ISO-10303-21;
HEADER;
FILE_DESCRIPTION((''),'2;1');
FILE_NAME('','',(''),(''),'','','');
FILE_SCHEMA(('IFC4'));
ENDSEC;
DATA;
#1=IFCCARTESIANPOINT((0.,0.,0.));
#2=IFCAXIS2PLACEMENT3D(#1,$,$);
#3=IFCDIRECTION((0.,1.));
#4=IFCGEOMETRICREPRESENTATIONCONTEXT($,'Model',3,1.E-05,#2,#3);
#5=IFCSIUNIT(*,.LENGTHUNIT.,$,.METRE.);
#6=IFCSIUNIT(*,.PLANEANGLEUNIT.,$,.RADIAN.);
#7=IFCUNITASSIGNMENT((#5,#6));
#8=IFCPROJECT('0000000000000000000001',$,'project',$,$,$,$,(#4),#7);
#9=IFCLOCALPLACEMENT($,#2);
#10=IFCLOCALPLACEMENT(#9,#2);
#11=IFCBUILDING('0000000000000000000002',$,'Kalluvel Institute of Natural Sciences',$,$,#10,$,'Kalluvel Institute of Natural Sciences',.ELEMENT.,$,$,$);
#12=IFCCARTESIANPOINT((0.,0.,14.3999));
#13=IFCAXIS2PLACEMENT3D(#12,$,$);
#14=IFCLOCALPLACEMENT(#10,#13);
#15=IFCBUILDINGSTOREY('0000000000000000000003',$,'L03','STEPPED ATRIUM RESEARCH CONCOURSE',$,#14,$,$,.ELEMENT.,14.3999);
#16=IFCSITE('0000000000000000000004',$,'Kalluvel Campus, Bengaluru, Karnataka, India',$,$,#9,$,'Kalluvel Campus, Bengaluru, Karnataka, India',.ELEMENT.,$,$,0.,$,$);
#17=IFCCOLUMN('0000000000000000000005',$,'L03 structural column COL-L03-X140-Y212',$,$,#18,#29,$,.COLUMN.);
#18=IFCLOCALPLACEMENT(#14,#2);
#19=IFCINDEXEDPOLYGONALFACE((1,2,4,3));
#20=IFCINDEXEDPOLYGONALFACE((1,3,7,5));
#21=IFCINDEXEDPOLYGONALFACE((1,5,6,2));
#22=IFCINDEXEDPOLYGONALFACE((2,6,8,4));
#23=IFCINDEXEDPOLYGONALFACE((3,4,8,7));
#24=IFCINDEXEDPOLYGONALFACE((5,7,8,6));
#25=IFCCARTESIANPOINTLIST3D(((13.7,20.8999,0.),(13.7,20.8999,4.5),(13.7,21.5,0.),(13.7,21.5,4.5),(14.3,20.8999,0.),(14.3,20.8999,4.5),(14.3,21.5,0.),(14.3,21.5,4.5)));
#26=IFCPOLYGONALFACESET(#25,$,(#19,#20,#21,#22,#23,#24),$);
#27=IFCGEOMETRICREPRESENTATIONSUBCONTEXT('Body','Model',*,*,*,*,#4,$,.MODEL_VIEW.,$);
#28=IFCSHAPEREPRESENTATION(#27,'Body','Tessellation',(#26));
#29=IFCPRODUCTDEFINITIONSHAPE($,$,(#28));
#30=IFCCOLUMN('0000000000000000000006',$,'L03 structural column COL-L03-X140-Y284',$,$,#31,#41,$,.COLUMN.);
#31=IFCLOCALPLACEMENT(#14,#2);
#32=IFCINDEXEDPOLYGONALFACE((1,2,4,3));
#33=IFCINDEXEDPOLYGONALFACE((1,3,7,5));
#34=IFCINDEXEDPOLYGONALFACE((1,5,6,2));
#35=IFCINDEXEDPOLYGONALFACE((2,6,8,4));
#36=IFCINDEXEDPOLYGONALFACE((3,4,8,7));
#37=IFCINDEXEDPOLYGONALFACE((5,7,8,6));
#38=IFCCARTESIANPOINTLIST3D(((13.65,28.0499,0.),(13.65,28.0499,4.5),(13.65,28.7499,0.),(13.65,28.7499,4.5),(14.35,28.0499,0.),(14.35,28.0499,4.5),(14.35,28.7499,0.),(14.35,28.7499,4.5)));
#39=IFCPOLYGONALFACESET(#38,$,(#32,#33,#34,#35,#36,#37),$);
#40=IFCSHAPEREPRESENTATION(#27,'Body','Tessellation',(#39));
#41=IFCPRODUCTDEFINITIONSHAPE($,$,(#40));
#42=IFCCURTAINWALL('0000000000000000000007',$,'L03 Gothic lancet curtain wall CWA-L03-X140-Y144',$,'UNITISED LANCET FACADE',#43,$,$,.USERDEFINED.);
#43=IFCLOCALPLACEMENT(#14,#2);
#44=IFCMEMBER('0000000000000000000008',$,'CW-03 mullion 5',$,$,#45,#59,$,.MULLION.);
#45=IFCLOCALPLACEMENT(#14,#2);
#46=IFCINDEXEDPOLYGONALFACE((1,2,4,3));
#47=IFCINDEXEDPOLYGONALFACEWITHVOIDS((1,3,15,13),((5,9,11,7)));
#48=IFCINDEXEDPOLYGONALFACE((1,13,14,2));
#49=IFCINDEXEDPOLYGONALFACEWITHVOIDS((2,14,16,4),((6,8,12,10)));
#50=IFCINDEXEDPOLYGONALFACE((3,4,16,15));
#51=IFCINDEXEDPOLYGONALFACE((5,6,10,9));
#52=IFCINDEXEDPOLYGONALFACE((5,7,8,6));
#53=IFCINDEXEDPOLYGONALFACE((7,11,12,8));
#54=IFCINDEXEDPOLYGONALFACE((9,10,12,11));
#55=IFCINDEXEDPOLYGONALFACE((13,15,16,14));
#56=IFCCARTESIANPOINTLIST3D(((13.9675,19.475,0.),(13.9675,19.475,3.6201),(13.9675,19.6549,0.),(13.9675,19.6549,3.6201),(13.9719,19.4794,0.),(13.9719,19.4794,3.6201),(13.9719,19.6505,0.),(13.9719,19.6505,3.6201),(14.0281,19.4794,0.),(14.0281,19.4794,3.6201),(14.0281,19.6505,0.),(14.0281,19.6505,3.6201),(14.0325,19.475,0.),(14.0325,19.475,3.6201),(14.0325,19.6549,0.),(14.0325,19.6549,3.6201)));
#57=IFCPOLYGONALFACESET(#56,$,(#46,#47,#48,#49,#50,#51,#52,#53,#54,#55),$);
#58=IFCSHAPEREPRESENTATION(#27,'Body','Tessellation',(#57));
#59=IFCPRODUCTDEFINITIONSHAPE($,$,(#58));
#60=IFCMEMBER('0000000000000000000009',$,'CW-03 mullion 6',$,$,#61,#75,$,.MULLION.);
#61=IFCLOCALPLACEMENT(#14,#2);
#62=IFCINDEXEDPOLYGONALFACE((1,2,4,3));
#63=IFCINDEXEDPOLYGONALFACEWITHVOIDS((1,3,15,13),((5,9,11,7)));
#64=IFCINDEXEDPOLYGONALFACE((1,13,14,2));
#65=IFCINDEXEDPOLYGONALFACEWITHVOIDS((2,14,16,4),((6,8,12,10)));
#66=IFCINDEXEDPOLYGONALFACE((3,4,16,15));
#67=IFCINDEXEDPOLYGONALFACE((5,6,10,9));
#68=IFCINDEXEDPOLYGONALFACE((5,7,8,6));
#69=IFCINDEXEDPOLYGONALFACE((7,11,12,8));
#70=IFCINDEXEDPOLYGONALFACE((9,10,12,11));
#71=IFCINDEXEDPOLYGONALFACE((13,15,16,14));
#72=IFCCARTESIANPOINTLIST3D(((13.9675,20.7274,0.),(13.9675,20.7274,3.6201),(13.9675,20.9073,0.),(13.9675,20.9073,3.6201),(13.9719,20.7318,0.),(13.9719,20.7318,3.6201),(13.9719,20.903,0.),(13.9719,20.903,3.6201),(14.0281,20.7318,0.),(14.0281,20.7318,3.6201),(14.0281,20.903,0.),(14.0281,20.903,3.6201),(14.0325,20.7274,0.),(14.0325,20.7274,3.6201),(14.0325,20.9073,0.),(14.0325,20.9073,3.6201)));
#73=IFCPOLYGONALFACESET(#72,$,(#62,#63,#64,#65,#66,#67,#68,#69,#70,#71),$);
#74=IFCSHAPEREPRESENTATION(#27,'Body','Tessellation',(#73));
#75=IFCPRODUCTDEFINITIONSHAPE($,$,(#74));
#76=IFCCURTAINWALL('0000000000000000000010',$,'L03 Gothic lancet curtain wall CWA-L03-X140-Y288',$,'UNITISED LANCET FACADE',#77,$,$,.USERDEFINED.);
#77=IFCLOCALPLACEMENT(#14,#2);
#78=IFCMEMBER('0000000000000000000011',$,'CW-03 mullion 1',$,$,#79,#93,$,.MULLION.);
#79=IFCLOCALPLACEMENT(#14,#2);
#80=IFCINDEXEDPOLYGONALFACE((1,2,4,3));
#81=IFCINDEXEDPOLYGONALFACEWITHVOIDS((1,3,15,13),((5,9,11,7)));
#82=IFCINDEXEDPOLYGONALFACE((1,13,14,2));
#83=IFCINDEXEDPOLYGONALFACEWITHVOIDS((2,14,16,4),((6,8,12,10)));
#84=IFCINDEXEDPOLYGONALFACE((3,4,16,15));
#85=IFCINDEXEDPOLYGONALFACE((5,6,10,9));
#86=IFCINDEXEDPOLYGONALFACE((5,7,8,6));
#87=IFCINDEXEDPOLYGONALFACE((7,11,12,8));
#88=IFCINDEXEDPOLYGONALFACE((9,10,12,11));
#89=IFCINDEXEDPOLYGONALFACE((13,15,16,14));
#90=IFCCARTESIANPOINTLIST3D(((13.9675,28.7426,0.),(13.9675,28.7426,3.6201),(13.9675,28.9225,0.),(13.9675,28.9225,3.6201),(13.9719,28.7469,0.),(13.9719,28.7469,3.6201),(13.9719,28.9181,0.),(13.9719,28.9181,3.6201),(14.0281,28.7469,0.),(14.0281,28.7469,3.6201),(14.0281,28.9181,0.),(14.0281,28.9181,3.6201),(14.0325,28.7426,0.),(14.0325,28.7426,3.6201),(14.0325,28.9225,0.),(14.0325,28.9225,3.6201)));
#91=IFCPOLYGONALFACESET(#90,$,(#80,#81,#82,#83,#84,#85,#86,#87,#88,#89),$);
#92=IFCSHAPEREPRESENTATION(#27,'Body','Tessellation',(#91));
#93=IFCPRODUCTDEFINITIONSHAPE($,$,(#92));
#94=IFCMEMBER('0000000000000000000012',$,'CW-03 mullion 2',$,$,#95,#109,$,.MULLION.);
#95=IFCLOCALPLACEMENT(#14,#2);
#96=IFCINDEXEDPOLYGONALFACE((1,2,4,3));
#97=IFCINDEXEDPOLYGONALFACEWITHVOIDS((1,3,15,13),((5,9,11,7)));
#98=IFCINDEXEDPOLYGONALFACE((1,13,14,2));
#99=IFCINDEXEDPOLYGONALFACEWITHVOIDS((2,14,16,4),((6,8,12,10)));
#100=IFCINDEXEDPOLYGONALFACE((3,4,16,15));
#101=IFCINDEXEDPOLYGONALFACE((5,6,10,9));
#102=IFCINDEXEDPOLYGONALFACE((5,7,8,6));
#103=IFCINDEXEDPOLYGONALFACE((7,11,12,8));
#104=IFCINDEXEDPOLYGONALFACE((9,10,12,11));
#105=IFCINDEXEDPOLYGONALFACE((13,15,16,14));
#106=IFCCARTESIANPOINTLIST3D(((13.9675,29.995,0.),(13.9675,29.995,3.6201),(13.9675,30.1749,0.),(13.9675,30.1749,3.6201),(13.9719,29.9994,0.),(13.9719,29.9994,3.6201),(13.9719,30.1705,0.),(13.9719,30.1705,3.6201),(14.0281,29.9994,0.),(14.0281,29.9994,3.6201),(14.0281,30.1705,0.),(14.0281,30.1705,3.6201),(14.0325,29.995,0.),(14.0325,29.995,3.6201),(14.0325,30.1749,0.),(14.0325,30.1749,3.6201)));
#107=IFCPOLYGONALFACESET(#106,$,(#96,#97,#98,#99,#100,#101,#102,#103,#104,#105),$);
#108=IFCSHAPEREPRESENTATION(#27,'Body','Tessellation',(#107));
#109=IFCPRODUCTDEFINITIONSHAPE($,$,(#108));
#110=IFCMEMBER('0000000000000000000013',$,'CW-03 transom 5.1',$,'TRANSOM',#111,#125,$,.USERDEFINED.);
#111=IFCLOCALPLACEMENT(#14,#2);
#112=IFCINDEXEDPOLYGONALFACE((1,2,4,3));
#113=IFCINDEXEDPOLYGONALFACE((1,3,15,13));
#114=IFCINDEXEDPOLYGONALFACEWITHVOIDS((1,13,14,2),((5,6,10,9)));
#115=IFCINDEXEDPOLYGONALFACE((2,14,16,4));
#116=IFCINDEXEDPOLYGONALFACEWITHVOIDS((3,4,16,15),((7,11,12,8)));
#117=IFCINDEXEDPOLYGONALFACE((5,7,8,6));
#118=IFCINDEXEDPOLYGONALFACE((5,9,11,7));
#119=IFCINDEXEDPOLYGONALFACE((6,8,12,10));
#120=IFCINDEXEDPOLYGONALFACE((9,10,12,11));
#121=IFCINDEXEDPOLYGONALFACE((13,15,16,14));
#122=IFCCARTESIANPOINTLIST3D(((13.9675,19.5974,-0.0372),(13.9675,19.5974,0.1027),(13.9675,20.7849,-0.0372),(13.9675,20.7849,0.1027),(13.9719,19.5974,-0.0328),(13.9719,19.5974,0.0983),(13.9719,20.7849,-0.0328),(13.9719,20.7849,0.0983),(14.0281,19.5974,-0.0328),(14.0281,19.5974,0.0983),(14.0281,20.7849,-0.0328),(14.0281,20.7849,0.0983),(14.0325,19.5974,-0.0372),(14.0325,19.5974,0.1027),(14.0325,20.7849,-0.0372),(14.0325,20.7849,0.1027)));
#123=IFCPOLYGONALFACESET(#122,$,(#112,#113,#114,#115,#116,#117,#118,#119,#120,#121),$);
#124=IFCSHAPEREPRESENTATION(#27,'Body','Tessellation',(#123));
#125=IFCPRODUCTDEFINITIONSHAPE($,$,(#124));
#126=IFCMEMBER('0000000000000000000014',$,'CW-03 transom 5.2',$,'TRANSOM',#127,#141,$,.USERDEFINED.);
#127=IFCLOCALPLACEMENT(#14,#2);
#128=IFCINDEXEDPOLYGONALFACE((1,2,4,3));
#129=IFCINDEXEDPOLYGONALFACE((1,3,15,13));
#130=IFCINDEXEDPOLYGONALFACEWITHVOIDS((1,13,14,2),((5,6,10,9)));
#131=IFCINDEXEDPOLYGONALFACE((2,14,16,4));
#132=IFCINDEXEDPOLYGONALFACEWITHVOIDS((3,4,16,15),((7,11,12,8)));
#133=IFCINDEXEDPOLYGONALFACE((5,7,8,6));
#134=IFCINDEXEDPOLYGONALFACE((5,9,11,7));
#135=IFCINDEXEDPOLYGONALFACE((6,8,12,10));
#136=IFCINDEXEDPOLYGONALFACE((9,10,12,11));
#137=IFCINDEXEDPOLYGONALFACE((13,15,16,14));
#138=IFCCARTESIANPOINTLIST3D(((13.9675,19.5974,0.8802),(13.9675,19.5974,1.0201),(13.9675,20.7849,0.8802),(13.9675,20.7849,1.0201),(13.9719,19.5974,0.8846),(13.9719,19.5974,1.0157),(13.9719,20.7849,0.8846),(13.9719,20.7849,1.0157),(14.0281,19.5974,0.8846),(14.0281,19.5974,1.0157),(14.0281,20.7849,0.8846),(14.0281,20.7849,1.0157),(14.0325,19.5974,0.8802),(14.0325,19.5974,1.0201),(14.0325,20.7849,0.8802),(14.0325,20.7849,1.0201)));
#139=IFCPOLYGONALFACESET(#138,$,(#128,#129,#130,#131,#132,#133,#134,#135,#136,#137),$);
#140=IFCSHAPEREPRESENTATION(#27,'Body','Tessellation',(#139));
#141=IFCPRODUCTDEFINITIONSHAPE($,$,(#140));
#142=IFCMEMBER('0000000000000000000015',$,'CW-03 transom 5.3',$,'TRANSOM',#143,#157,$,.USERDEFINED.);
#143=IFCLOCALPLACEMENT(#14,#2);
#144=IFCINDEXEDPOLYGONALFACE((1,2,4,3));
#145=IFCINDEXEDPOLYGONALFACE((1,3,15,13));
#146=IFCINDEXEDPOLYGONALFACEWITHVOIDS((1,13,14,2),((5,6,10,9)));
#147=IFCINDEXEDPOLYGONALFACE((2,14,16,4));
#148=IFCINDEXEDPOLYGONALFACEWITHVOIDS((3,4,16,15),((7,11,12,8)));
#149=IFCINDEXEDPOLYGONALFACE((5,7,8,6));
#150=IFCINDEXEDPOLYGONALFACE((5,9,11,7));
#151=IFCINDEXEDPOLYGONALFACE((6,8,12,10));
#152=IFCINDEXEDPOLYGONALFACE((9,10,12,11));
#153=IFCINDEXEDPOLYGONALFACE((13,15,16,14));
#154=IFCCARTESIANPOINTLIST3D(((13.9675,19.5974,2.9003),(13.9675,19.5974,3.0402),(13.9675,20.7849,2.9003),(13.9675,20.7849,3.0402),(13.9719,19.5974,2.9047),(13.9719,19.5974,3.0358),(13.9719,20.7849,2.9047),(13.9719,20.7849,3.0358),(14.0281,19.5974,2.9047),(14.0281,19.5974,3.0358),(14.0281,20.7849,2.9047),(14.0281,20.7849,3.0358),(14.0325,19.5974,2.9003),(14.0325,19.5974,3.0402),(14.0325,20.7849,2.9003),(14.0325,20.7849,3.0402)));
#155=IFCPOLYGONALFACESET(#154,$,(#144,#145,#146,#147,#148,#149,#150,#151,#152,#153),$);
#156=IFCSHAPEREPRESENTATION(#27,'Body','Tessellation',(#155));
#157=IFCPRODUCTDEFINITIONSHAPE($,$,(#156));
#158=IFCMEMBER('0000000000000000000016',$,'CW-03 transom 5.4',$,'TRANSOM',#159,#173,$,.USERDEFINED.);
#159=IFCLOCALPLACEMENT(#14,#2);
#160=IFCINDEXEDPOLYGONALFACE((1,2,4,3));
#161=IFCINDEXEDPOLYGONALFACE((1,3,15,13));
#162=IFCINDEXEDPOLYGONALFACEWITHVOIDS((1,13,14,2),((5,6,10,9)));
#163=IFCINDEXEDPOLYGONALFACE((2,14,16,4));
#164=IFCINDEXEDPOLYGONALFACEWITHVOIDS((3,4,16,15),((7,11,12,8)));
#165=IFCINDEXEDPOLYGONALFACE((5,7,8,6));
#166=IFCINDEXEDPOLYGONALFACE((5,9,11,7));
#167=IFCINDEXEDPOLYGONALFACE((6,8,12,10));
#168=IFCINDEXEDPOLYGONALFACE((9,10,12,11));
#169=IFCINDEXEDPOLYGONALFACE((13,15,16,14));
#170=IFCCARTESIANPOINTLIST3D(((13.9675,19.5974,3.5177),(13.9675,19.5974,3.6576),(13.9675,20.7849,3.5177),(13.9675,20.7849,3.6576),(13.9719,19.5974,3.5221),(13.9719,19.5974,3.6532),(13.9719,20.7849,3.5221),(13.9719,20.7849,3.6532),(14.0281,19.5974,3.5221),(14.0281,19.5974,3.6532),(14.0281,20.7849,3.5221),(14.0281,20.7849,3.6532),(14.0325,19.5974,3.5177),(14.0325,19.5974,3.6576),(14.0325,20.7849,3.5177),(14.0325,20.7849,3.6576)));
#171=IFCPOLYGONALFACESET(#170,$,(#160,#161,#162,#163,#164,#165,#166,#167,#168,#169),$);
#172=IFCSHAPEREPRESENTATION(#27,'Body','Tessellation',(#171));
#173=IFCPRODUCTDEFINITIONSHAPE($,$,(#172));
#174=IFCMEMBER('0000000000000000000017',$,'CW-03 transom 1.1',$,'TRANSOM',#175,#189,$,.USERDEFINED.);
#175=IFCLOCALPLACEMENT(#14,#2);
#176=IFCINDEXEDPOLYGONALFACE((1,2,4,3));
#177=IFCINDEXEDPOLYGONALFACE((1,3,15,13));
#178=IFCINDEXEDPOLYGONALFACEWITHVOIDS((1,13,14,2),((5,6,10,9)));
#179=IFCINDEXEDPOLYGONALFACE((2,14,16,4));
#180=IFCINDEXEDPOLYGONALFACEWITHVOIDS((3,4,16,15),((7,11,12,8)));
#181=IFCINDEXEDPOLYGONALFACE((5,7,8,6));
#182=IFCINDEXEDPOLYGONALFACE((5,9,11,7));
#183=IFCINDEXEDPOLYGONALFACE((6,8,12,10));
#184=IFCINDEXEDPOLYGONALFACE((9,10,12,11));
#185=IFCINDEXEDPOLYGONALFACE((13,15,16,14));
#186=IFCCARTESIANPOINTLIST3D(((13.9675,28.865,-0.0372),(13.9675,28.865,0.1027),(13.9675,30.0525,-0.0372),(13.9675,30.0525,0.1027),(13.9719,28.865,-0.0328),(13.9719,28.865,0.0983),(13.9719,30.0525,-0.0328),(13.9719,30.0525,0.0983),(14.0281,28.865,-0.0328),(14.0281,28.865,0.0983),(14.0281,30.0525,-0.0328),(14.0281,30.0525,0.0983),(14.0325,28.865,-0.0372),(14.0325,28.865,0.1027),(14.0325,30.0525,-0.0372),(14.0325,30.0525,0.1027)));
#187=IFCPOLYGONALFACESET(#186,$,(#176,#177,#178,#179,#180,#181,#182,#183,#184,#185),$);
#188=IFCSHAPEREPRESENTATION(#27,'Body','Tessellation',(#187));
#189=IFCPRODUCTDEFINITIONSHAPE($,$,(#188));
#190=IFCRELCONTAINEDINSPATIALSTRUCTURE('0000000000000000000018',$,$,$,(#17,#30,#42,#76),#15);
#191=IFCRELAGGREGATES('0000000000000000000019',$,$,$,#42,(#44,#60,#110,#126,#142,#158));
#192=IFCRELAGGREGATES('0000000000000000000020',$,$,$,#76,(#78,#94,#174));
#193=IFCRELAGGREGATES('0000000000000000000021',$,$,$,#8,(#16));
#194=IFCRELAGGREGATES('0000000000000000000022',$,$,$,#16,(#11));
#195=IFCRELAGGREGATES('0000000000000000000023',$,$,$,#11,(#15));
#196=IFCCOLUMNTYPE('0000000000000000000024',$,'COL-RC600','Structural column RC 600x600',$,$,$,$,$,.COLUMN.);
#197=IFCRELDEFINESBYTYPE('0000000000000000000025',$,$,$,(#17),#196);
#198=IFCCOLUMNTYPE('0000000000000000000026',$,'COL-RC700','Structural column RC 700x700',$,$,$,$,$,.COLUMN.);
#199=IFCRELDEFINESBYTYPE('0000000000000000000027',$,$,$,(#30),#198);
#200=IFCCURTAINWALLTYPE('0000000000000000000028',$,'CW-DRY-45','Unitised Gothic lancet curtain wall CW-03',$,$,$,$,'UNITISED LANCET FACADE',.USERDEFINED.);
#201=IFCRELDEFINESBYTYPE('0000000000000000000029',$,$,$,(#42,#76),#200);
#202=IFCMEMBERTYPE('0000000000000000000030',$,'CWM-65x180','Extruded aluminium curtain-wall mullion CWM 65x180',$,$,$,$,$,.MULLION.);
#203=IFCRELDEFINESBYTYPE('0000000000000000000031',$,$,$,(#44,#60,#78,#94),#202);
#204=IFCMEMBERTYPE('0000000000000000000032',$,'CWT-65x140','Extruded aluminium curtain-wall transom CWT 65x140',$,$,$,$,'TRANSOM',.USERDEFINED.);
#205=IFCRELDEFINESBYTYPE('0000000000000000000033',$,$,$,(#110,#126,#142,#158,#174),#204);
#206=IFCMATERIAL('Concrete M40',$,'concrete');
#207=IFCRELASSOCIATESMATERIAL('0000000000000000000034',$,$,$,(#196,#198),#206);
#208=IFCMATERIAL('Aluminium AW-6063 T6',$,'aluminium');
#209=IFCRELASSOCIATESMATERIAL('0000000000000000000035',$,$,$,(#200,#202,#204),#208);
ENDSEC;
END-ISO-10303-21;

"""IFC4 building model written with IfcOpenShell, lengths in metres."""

from ifc_helpers import new_model, si_unit, direction, frame, origin, origin_2d, place, context, subcontext, project, spatial, rectangle, hollow_rectangle, extrude, material, material_profile, profile_set, type_object, element, aggregate, save


model = new_model("IFC4")

# Units and contexts
model_context = context("Model", 3, precision=1e-05, world=origin(), true_north=direction((0.0, 1.0)))
body_context = subcontext(model_context, "Body", "Model", "MODEL_VIEW")
ifc_project = project(units=[si_unit("LENGTHUNIT", "METRE"), si_unit("PLANEANGLEUNIT", "RADIAN")], contexts=[model_context])

# Site, building, storey
site_placement = place(None, origin())
site = spatial("IfcSite", under=ifc_project, at=site_placement, Name="Kalluvel Campus, Bengaluru, Karnataka, India", LongName="Kalluvel Campus, Bengaluru, Karnataka, India", CompositionType="ELEMENT", RefElevation=0.0)
building_placement = place(site_placement, origin())
building = spatial("IfcBuilding", under=site, at=building_placement, Name="Kalluvel Institute of Natural Sciences", LongName="Kalluvel Institute of Natural Sciences", CompositionType="ELEMENT")
storey_placement = place(building_placement, frame((0.0, 0.0, 14.3999)))
storey = spatial("IfcBuildingStorey", under=building, at=storey_placement, Name="L03", Description="STEPPED ATRIUM RESEARCH CONCOURSE", CompositionType="ELEMENT", Elevation=14.3999)

# Columns
ifc_material_1 = material(Name="Concrete M40", Category="concrete")
ifc_material_profile_1 = material_profile(ifc_material_1, rectangle(XDim=0.6001, YDim=0.6001, at=origin_2d()), Name="RC 600x600")
ifc_profile_set_1 = profile_set([ifc_material_profile_1], Name="Concrete M40")
column_type_1 = type_object("IfcColumnType", Name="COL-RC600", Description="Structural column RC 600x600", PredefinedType="COLUMN", material=ifc_profile_set_1)
column_1_placement = place(storey_placement, frame((14.0, 21.2, 0.0), z_axis=(0.0, 0.0, 1.0), x_axis=(1.0, 0.0, 0.0)))
element("IfcColumn", 1, at=column_1_placement, inside=storey, type_object=column_type_1, Name="L03 structural column COL-L03-X140-Y212", PredefinedType="COLUMN", context=body_context, shape_type="SweptSolid", body=[
    extrude(rectangle(XDim=0.6001, YDim=0.6001, at=origin_2d()), origin(), (0.0, 0.0, 1.0), 4.5),
])
ifc_material_profile_2 = material_profile(ifc_material_1, rectangle(XDim=0.7, YDim=0.7, at=origin_2d()), Name="RC 700x700")
ifc_profile_set_2 = profile_set([ifc_material_profile_2], Name="Concrete M40")
column_type_2 = type_object("IfcColumnType", Name="COL-RC700", Description="Structural column RC 700x700", PredefinedType="COLUMN", material=ifc_profile_set_2)
column_2_placement = place(storey_placement, frame((14.0, 28.3999, 0.0), z_axis=(0.0, 0.0, 1.0), x_axis=(1.0, 0.0, 0.0)))
element("IfcColumn", 2, at=column_2_placement, inside=storey, type_object=column_type_2, Name="L03 structural column COL-L03-X140-Y284", PredefinedType="COLUMN", context=body_context, shape_type="SweptSolid", body=[
    extrude(rectangle(XDim=0.7, YDim=0.7, at=origin_2d()), origin(), (0.0, 0.0, 1.0), 4.5),
])

# Curtain walls, members
ifc_material_2 = material(Name="Aluminium AW-6063 T6", Category="aluminium")
curtain_wall_type = type_object("IfcCurtainWallType", Name="CW-DRY-45", Description="Unitised Gothic lancet curtain wall CW-03", ElementType="UNITISED LANCET FACADE", PredefinedType="USERDEFINED", material=ifc_material_2)
curtain_wall_1_placement = place(storey_placement, origin())
curtain_wall_1 = element("IfcCurtainWall", 3, at=curtain_wall_1_placement, inside=storey, type_object=curtain_wall_type, Name="L03 Gothic lancet curtain wall CWA-L03-X140-Y144", ObjectType="UNITISED LANCET FACADE", PredefinedType="USERDEFINED")
ifc_material_profile_3 = material_profile(ifc_material_2, hollow_rectangle(XDim=0.0649, YDim=0.1799, WallThickness=0.0044, at=origin_2d()), Name="CWM 65x180")
ifc_profile_set_3 = profile_set([ifc_material_profile_3], Name="Aluminium AW-6063 T6")
member_type_1 = type_object("IfcMemberType", Name="CWM-65x180", Description="Extruded aluminium curtain-wall mullion CWM 65x180", PredefinedType="MULLION", material=ifc_profile_set_3)
member_1_placement = place(storey_placement, frame((14.0, 19.5649, 0.0), z_axis=(0.0, 0.0, 1.0), x_axis=(-1.0, 0.0, 0.0)))
member_1 = element("IfcMember", 4, at=member_1_placement, type_object=member_type_1, Name="CW-03 mullion 5", PredefinedType="MULLION", context=body_context, shape_type="SweptSolid", body=[
    extrude(hollow_rectangle(XDim=0.0649, YDim=0.1799, WallThickness=0.0044, at=origin_2d()), origin(), (0.0, 0.0, 1.0), 3.6201),
])
member_2_placement = place(storey_placement, frame((14.0, 20.8174, 0.0), z_axis=(0.0, 0.0, 1.0), x_axis=(-1.0, 0.0, 0.0)))
member_2 = element("IfcMember", 5, at=member_2_placement, type_object=member_type_1, Name="CW-03 mullion 6", PredefinedType="MULLION", context=body_context, shape_type="SweptSolid", body=[
    extrude(hollow_rectangle(XDim=0.0649, YDim=0.1799, WallThickness=0.0044, at=origin_2d()), origin(), (0.0, 0.0, 1.0), 3.6201),
])
curtain_wall_2_placement = place(storey_placement, origin())
curtain_wall_2 = element("IfcCurtainWall", 6, at=curtain_wall_2_placement, inside=storey, type_object=curtain_wall_type, Name="L03 Gothic lancet curtain wall CWA-L03-X140-Y288", ObjectType="UNITISED LANCET FACADE", PredefinedType="USERDEFINED")
member_3_placement = place(storey_placement, frame((14.0, 28.8325, 0.0), z_axis=(0.0, 0.0, 1.0), x_axis=(-1.0, 0.0, 0.0)))
member_3 = element("IfcMember", 7, at=member_3_placement, type_object=member_type_1, Name="CW-03 mullion 1", PredefinedType="MULLION", context=body_context, shape_type="SweptSolid", body=[
    extrude(hollow_rectangle(XDim=0.0649, YDim=0.1799, WallThickness=0.0044, at=origin_2d()), origin(), (0.0, 0.0, 1.0), 3.6201),
])
member_4_placement = place(storey_placement, frame((14.0, 30.085, 0.0), z_axis=(0.0, 0.0, 1.0), x_axis=(-1.0, 0.0, 0.0)))
member_4 = element("IfcMember", 8, at=member_4_placement, type_object=member_type_1, Name="CW-03 mullion 2", PredefinedType="MULLION", context=body_context, shape_type="SweptSolid", body=[
    extrude(hollow_rectangle(XDim=0.0649, YDim=0.1799, WallThickness=0.0044, at=origin_2d()), origin(), (0.0, 0.0, 1.0), 3.6201),
])

# Members
ifc_material_profile_4 = material_profile(ifc_material_2, hollow_rectangle(XDim=0.0649, YDim=0.1399, WallThickness=0.0044, at=origin_2d()), Name="CWT 65x140")
ifc_profile_set_4 = profile_set([ifc_material_profile_4], Name="Aluminium AW-6063 T6")
member_type_2 = type_object("IfcMemberType", Name="CWT-65x140", Description="Extruded aluminium curtain-wall transom CWT 65x140", ElementType="TRANSOM", PredefinedType="USERDEFINED", material=ifc_profile_set_4)
member_5_placement = place(storey_placement, frame((14.0, 19.5974, 0.0327), z_axis=(0.0, 1.0, 0.0), x_axis=(-1.0, 0.0, 0.0)))
member_5 = element("IfcMember", 9, at=member_5_placement, type_object=member_type_2, Name="CW-03 transom 5.1", ObjectType="TRANSOM", PredefinedType="USERDEFINED", context=body_context, shape_type="SweptSolid", body=[
    extrude(hollow_rectangle(XDim=0.0649, YDim=0.1399, WallThickness=0.0044, at=origin_2d()), origin(), (0.0, 0.0, 1.0), 1.1875),
])
member_6_placement = place(storey_placement, frame((14.0, 19.5974, 0.9502), z_axis=(0.0, 1.0, 0.0), x_axis=(-1.0, 0.0, 0.0)))
member_6 = element("IfcMember", 10, at=member_6_placement, type_object=member_type_2, Name="CW-03 transom 5.2", ObjectType="TRANSOM", PredefinedType="USERDEFINED", context=body_context, shape_type="SweptSolid", body=[
    extrude(hollow_rectangle(XDim=0.0649, YDim=0.1399, WallThickness=0.0044, at=origin_2d()), origin(), (0.0, 0.0, 1.0), 1.1875),
])
member_7_placement = place(storey_placement, frame((14.0, 19.5974, 2.9702), z_axis=(0.0, 1.0, 0.0), x_axis=(-1.0, 0.0, 0.0)))
member_7 = element("IfcMember", 11, at=member_7_placement, type_object=member_type_2, Name="CW-03 transom 5.3", ObjectType="TRANSOM", PredefinedType="USERDEFINED", context=body_context, shape_type="SweptSolid", body=[
    extrude(hollow_rectangle(XDim=0.0649, YDim=0.1399, WallThickness=0.0044, at=origin_2d()), origin(), (0.0, 0.0, 1.0), 1.1875),
])
member_8_placement = place(storey_placement, frame((14.0, 19.5974, 3.5876), z_axis=(0.0, 1.0, 0.0), x_axis=(-1.0, 0.0, 0.0)))
member_8 = element("IfcMember", 12, at=member_8_placement, type_object=member_type_2, Name="CW-03 transom 5.4", ObjectType="TRANSOM", PredefinedType="USERDEFINED", context=body_context, shape_type="SweptSolid", body=[
    extrude(hollow_rectangle(XDim=0.0649, YDim=0.1399, WallThickness=0.0044, at=origin_2d()), origin(), (0.0, 0.0, 1.0), 1.1875),
])
member_9_placement = place(storey_placement, frame((14.0, 28.865, 0.0327), z_axis=(0.0, 1.0, 0.0), x_axis=(-1.0, 0.0, 0.0)))
member_9 = element("IfcMember", 13, at=member_9_placement, type_object=member_type_2, Name="CW-03 transom 1.1", ObjectType="TRANSOM", PredefinedType="USERDEFINED", context=body_context, shape_type="SweptSolid", body=[
    extrude(hollow_rectangle(XDim=0.0649, YDim=0.1399, WallThickness=0.0044, at=origin_2d()), origin(), (0.0, 0.0, 1.0), 1.1875),
])

aggregate(curtain_wall_1, [member_1, member_2, member_5, member_6, member_7, member_8])
aggregate(curtain_wall_2, [member_3, member_4, member_9])

save(model, "model.ifc")
